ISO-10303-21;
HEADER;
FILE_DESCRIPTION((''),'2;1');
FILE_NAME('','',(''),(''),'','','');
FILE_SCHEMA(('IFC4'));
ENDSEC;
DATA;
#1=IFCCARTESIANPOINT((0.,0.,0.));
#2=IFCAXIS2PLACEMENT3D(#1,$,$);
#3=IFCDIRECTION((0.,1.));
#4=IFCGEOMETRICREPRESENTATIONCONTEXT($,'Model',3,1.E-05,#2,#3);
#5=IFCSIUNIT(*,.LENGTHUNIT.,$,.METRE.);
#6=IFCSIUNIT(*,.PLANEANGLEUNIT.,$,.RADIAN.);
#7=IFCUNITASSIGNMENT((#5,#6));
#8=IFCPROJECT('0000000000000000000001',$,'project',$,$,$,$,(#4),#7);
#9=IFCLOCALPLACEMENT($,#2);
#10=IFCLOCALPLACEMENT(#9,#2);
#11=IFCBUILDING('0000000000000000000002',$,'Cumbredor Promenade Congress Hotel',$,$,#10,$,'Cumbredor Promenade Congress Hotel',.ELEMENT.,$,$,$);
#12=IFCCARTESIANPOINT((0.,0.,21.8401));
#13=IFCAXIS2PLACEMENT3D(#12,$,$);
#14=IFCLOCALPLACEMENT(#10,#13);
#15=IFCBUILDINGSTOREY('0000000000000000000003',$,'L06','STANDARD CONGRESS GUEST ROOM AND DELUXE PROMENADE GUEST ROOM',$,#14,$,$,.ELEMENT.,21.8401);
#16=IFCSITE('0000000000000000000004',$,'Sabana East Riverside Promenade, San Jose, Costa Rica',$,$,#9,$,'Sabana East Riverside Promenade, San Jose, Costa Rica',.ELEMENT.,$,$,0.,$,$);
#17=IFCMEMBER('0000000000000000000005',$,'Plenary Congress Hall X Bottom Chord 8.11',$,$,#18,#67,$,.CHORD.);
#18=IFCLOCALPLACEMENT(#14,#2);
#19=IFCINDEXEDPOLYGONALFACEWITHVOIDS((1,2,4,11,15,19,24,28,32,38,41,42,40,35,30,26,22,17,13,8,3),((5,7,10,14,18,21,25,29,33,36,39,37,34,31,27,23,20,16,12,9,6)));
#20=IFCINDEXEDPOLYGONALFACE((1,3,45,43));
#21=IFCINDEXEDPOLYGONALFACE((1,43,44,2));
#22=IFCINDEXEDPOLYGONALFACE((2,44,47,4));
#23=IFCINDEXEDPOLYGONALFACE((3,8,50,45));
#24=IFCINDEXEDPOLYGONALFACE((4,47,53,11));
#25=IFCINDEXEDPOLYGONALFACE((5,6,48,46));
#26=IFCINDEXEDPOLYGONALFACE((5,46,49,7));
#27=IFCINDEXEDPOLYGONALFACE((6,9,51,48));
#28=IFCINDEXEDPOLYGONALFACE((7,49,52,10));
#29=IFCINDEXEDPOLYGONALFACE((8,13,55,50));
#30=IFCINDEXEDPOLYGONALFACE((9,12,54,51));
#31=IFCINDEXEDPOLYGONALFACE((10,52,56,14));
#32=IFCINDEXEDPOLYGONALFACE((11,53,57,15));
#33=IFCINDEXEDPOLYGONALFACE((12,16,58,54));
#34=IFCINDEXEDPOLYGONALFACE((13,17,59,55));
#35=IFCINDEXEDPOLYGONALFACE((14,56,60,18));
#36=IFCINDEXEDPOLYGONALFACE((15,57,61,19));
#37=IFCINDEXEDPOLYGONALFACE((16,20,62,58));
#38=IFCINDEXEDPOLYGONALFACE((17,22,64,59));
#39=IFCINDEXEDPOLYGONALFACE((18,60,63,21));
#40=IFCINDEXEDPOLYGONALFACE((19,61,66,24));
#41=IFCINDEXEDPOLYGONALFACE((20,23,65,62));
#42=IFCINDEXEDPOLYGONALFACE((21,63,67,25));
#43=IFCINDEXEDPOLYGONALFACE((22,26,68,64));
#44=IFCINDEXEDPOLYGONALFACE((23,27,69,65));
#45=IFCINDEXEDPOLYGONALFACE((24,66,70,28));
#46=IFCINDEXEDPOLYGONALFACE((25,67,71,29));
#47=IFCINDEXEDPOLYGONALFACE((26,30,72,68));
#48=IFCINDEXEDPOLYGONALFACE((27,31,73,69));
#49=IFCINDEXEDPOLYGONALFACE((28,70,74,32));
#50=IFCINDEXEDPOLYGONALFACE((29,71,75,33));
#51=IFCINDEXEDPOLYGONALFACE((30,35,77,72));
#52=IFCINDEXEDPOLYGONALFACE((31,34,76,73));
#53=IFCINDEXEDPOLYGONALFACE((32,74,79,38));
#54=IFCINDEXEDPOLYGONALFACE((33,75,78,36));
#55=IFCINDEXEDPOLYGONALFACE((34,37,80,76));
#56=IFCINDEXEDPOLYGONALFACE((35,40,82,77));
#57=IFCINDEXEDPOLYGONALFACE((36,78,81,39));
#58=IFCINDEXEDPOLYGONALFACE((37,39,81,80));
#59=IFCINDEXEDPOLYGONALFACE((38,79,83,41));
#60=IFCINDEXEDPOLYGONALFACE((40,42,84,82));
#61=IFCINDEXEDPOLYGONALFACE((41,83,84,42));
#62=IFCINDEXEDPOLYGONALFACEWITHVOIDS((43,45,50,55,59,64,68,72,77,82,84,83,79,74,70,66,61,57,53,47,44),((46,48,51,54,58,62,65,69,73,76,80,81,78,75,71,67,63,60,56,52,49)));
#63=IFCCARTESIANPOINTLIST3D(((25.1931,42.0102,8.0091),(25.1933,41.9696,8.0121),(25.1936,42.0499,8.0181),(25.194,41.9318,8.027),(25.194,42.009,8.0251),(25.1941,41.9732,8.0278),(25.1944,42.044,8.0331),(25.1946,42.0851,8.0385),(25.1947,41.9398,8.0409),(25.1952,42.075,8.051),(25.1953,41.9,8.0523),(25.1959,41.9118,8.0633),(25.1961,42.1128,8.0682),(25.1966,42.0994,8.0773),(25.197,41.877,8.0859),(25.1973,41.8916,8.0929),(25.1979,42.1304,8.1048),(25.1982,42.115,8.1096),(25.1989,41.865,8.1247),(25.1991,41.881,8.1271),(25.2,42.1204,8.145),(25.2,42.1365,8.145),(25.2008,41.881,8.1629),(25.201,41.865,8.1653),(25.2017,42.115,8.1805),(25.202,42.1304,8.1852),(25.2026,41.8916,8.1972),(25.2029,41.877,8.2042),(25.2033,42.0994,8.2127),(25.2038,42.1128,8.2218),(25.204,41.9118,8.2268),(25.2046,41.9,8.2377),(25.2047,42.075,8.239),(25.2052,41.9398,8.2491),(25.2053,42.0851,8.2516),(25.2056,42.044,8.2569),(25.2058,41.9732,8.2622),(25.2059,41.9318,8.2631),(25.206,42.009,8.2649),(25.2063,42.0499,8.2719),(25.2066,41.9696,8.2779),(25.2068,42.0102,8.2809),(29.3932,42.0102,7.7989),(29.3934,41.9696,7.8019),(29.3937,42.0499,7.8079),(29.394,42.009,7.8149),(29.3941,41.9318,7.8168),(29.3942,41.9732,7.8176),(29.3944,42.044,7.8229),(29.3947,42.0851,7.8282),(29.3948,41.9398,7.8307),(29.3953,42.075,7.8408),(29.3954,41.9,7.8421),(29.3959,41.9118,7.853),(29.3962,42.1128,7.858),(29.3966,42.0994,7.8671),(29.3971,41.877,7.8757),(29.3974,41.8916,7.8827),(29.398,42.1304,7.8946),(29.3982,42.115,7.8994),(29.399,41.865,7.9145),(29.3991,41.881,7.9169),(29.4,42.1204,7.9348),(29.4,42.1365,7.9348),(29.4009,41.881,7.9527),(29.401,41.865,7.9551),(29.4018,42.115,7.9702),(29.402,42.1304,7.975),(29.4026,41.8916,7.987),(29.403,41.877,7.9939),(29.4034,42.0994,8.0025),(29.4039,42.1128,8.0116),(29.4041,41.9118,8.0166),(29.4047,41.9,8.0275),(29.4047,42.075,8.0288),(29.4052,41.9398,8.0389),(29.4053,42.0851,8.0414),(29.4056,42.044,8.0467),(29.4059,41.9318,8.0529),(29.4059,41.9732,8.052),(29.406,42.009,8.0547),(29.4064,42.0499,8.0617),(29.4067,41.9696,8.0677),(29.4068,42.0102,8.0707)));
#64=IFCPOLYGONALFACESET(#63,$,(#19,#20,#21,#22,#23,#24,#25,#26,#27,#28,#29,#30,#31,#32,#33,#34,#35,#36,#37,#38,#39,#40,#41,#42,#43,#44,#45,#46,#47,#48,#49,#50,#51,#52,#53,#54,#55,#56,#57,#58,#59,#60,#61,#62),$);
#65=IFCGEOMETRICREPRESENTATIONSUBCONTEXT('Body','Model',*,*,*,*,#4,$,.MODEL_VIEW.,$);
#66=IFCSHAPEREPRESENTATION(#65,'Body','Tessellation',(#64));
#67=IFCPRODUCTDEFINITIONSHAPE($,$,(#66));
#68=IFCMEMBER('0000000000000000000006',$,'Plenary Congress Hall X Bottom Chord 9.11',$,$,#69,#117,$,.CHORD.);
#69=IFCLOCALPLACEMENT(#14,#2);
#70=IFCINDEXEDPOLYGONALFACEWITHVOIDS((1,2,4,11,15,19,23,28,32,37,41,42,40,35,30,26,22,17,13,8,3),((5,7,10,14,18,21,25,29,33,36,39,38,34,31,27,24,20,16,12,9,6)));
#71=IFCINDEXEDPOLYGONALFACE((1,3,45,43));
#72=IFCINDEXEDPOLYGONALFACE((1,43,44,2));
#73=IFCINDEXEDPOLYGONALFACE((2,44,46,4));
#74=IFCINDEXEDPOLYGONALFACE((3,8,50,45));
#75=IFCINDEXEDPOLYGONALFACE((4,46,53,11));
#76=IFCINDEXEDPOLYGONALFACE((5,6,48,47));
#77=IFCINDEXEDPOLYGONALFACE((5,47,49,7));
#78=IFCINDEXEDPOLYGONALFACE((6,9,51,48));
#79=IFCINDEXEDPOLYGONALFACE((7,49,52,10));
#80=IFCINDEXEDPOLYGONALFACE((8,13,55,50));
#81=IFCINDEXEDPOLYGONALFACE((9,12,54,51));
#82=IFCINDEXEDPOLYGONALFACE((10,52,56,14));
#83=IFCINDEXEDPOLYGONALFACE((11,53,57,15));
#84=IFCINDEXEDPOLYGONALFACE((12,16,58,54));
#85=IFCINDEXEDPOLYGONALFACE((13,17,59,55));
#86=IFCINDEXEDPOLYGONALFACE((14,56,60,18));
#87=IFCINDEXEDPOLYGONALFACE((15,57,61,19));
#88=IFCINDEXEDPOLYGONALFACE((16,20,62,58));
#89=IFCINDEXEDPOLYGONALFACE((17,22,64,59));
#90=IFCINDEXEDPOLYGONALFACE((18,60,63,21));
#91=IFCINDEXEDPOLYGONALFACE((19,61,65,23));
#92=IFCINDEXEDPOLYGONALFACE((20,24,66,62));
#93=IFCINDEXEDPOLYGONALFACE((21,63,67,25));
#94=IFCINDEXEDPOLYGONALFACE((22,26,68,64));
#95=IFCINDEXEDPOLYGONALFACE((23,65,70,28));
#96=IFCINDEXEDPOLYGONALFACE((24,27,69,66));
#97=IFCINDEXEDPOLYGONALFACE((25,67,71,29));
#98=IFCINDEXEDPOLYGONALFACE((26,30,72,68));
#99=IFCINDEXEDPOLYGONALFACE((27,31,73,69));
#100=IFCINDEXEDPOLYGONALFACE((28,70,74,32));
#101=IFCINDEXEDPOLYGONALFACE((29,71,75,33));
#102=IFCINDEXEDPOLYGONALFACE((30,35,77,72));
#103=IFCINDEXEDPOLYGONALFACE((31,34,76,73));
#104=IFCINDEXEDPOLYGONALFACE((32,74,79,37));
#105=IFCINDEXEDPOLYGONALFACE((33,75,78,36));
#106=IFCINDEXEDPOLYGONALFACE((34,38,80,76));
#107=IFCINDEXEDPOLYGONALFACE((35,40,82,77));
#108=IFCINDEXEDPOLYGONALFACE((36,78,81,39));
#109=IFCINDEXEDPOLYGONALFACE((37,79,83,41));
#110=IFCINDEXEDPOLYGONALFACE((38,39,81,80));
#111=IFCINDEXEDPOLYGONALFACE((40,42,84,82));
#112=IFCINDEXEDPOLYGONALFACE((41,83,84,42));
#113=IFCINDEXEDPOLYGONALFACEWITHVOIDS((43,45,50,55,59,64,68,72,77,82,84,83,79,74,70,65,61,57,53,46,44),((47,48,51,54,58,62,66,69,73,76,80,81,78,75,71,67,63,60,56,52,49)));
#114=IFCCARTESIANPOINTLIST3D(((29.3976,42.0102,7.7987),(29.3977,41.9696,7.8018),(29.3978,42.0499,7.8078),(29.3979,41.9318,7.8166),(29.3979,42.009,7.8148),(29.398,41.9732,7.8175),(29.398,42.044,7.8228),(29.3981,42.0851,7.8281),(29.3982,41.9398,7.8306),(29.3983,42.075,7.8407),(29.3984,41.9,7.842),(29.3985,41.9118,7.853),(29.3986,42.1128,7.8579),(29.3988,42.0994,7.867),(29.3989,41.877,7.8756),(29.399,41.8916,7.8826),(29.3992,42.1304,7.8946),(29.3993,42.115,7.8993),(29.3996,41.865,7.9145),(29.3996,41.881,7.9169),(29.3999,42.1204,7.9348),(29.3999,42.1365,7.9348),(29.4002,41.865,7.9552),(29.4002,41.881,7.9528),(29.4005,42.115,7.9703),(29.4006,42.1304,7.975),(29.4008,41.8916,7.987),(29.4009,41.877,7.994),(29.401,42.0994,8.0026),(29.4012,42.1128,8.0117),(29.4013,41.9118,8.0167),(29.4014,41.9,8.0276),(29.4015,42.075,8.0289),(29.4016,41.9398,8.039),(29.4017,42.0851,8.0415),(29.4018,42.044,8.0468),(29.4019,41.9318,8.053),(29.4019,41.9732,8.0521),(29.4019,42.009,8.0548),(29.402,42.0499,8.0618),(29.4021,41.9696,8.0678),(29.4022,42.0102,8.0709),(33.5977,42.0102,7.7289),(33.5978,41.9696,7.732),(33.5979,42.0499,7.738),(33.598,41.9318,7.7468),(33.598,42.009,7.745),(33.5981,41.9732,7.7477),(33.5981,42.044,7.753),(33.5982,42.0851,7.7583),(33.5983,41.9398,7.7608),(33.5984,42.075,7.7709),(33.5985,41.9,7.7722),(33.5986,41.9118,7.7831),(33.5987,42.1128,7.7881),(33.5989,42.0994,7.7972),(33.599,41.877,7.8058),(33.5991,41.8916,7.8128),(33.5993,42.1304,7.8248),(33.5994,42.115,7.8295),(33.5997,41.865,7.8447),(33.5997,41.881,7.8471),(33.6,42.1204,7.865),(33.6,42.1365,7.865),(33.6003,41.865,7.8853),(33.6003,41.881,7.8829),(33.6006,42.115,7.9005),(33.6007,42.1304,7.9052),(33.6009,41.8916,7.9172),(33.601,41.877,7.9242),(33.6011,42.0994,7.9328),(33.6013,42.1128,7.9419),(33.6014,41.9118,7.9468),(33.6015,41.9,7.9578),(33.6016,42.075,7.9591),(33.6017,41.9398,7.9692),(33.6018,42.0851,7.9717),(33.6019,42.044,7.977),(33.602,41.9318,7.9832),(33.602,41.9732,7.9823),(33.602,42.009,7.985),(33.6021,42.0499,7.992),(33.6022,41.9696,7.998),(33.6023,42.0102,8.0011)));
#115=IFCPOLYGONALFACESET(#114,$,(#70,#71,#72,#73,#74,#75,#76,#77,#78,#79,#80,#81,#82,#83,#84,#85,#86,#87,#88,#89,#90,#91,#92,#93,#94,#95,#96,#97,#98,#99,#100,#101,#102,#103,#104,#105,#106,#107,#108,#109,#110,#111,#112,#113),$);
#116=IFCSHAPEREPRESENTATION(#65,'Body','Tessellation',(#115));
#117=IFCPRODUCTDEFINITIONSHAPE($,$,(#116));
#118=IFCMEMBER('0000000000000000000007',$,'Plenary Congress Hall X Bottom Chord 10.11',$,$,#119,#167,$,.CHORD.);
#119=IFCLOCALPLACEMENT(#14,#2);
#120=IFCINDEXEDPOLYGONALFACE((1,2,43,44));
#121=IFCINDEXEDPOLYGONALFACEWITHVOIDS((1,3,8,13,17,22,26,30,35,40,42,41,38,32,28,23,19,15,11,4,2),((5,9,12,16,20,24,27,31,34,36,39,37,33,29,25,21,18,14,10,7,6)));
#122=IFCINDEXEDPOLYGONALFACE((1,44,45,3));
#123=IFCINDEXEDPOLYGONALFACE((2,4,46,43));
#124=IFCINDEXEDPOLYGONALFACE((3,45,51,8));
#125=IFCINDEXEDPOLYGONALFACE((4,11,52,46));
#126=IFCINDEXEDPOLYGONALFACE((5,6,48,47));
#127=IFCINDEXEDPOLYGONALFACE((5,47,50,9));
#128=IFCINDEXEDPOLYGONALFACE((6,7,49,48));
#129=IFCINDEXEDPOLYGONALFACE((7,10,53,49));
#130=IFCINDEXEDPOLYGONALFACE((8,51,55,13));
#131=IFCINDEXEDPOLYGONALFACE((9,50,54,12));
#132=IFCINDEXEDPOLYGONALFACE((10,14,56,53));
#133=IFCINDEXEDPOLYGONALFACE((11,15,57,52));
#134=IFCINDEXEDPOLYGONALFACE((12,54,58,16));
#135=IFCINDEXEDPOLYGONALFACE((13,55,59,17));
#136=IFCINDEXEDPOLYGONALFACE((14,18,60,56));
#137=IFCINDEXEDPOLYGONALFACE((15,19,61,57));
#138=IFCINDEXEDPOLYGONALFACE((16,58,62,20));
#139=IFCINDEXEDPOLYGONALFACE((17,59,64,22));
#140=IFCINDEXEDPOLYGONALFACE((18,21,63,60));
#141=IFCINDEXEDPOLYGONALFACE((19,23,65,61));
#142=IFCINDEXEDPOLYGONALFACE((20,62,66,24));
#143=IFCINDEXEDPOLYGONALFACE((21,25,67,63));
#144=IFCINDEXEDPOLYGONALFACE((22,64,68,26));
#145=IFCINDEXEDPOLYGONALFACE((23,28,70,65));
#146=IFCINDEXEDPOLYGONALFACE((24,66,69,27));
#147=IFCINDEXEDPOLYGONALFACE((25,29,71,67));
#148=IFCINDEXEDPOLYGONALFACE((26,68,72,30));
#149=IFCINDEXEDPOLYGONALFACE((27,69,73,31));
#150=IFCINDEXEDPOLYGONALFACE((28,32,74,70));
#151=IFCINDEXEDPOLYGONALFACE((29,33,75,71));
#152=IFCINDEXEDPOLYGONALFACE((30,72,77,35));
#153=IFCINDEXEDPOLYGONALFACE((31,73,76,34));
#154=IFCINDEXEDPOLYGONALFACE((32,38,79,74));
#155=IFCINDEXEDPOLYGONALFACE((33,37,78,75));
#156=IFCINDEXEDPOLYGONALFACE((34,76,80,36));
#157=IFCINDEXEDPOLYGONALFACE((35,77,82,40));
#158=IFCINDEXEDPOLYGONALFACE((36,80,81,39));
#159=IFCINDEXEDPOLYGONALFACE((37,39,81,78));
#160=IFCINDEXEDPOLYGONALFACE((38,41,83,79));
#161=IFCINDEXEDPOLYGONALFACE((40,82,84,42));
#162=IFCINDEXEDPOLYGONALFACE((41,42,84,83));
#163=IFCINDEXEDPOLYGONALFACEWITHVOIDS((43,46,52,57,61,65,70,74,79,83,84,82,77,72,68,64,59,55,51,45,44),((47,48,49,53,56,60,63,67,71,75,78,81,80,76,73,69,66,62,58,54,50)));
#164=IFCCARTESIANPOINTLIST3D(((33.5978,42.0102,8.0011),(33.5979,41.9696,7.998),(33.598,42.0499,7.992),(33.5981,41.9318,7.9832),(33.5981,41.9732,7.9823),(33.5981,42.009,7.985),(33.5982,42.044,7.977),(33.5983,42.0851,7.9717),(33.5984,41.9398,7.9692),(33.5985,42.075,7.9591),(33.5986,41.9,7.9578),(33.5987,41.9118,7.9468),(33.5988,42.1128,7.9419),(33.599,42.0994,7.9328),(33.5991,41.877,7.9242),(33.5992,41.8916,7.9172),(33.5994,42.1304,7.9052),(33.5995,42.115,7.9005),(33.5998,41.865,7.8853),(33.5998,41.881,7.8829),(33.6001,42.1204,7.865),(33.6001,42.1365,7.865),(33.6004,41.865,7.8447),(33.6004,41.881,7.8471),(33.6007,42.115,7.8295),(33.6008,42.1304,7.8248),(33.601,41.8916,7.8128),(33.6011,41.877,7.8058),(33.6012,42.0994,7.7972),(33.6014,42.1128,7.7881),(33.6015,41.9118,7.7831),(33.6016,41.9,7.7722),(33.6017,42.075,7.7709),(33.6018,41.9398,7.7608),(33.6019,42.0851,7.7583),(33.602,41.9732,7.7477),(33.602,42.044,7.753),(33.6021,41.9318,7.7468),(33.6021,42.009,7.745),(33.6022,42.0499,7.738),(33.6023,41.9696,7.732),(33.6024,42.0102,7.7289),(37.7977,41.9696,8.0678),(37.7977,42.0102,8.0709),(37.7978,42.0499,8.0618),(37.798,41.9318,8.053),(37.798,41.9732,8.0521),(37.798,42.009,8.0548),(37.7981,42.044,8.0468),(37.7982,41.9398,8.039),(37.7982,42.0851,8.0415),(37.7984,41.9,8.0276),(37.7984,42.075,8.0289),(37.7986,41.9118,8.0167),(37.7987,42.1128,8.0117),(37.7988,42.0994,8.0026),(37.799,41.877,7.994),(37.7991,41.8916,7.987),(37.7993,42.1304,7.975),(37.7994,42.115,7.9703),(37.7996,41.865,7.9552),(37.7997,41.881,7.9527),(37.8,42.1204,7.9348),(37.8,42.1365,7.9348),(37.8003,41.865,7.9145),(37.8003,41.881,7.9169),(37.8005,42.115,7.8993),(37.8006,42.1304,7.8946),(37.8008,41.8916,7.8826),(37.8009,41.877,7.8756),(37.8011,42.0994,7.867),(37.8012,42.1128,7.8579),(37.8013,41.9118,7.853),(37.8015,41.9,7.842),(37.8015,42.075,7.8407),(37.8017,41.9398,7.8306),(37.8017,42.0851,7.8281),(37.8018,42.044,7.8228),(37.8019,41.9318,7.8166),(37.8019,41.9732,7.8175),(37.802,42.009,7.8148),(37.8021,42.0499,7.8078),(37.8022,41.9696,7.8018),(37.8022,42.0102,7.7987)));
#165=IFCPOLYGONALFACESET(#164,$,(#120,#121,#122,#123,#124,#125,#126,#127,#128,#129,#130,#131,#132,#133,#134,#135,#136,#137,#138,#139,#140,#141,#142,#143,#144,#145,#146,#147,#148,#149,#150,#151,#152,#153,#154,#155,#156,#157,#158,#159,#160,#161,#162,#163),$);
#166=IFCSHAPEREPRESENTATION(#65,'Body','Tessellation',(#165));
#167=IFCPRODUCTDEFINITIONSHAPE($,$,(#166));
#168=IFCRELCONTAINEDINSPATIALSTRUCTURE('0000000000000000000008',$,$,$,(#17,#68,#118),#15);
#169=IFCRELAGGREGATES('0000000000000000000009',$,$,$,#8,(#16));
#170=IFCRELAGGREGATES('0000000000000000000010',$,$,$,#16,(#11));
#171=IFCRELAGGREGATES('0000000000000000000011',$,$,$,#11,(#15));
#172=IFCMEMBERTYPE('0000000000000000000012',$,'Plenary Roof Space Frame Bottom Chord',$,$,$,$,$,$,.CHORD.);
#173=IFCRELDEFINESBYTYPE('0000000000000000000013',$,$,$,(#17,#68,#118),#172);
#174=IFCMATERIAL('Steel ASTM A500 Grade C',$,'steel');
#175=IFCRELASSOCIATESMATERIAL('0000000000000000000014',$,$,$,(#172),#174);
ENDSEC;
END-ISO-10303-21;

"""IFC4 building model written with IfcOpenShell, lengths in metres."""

from ifc_helpers import new_model, si_unit, direction, frame, origin, origin_2d, place, context, subcontext, project, spatial, hollow_circle, extrude, material, material_profile, profile_set, type_object, element, save


model = new_model("IFC4")

# Units and contexts
model_context = context("Model", 3, precision=1e-05, world=origin(), true_north=direction((0.0, 1.0)))
body_context = subcontext(model_context, "Body", "Model", "MODEL_VIEW")
ifc_project = project(units=[si_unit("LENGTHUNIT", "METRE"), si_unit("PLANEANGLEUNIT", "RADIAN")], contexts=[model_context])

# Site, building, storey
site_placement = place(None, origin())
site = spatial("IfcSite", under=ifc_project, at=site_placement, Name="Sabana East Riverside Promenade, San Jose, Costa Rica", LongName="Sabana East Riverside Promenade, San Jose, Costa Rica", CompositionType="ELEMENT", RefElevation=0.0)
building_placement = place(site_placement, origin())
building = spatial("IfcBuilding", under=site, at=building_placement, Name="Cumbredor Promenade Congress Hotel", LongName="Cumbredor Promenade Congress Hotel", CompositionType="ELEMENT")
storey_placement = place(building_placement, frame((0.0, 0.0, 21.8401)))
storey = spatial("IfcBuildingStorey", under=building, at=storey_placement, Name="L06", Description="STANDARD CONGRESS GUEST ROOM AND DELUXE PROMENADE GUEST ROOM", CompositionType="ELEMENT", Elevation=21.8401)

# Members
ifc_material_1 = material(Name="Steel ASTM A500 Grade C", Category="steel")
ifc_material_profile_1 = material_profile(ifc_material_1, hollow_circle(Radius=0.1365, WallThickness=0.0161, at=origin_2d()), Name="CHS 273.0x16")
ifc_profile_set_1 = profile_set([ifc_material_profile_1], Name="Steel ASTM A500 Grade C")
member_type_1 = type_object("IfcMemberType", Name="Plenary Roof Space Frame Bottom Chord", PredefinedType="CHORD", material=ifc_profile_set_1)
member_1_placement = place(storey_placement, frame((25.2, 42.0, 8.145), z_axis=(0.99875, 0.0, -0.049987), x_axis=(0.0, 1.0, 0.0)))
element("IfcMember", 1, at=member_1_placement, inside=storey, type_object=member_type_1, Name="Plenary Congress Hall X Bottom Chord 8.11", PredefinedType="CHORD", context=body_context, shape_type="SweptSolid", body=[
    extrude(hollow_circle(Radius=0.1365, WallThickness=0.0161, at=origin_2d()), origin(), (0.0, 0.0, 1.0), 4.2053),
])
member_2_placement = place(storey_placement, frame((29.3999, 42.0, 7.9348), z_axis=(0.999862, 0.0, -0.016622), x_axis=(0.0, 1.0, 0.0)))
element("IfcMember", 2, at=member_2_placement, inside=storey, type_object=member_type_1, Name="Plenary Congress Hall X Bottom Chord 9.11", PredefinedType="CHORD", context=body_context, shape_type="SweptSolid", body=[
    extrude(hollow_circle(Radius=0.1365, WallThickness=0.0161, at=origin_2d()), origin(), (0.0, 0.0, 1.0), 4.2007),
])
member_3_placement = place(storey_placement, frame((33.6001, 42.0, 7.865), z_axis=(0.999862, 0.0, 0.016623), x_axis=(0.0, 1.0, 0.0)))
element("IfcMember", 3, at=member_3_placement, inside=storey, type_object=member_type_1, Name="Plenary Congress Hall X Bottom Chord 10.11", PredefinedType="CHORD", context=body_context, shape_type="SweptSolid", body=[
    extrude(hollow_circle(Radius=0.1365, WallThickness=0.0161, at=origin_2d()), origin(), (0.0, 0.0, 1.0), 4.2004),
])

save(model, "model.ifc")
